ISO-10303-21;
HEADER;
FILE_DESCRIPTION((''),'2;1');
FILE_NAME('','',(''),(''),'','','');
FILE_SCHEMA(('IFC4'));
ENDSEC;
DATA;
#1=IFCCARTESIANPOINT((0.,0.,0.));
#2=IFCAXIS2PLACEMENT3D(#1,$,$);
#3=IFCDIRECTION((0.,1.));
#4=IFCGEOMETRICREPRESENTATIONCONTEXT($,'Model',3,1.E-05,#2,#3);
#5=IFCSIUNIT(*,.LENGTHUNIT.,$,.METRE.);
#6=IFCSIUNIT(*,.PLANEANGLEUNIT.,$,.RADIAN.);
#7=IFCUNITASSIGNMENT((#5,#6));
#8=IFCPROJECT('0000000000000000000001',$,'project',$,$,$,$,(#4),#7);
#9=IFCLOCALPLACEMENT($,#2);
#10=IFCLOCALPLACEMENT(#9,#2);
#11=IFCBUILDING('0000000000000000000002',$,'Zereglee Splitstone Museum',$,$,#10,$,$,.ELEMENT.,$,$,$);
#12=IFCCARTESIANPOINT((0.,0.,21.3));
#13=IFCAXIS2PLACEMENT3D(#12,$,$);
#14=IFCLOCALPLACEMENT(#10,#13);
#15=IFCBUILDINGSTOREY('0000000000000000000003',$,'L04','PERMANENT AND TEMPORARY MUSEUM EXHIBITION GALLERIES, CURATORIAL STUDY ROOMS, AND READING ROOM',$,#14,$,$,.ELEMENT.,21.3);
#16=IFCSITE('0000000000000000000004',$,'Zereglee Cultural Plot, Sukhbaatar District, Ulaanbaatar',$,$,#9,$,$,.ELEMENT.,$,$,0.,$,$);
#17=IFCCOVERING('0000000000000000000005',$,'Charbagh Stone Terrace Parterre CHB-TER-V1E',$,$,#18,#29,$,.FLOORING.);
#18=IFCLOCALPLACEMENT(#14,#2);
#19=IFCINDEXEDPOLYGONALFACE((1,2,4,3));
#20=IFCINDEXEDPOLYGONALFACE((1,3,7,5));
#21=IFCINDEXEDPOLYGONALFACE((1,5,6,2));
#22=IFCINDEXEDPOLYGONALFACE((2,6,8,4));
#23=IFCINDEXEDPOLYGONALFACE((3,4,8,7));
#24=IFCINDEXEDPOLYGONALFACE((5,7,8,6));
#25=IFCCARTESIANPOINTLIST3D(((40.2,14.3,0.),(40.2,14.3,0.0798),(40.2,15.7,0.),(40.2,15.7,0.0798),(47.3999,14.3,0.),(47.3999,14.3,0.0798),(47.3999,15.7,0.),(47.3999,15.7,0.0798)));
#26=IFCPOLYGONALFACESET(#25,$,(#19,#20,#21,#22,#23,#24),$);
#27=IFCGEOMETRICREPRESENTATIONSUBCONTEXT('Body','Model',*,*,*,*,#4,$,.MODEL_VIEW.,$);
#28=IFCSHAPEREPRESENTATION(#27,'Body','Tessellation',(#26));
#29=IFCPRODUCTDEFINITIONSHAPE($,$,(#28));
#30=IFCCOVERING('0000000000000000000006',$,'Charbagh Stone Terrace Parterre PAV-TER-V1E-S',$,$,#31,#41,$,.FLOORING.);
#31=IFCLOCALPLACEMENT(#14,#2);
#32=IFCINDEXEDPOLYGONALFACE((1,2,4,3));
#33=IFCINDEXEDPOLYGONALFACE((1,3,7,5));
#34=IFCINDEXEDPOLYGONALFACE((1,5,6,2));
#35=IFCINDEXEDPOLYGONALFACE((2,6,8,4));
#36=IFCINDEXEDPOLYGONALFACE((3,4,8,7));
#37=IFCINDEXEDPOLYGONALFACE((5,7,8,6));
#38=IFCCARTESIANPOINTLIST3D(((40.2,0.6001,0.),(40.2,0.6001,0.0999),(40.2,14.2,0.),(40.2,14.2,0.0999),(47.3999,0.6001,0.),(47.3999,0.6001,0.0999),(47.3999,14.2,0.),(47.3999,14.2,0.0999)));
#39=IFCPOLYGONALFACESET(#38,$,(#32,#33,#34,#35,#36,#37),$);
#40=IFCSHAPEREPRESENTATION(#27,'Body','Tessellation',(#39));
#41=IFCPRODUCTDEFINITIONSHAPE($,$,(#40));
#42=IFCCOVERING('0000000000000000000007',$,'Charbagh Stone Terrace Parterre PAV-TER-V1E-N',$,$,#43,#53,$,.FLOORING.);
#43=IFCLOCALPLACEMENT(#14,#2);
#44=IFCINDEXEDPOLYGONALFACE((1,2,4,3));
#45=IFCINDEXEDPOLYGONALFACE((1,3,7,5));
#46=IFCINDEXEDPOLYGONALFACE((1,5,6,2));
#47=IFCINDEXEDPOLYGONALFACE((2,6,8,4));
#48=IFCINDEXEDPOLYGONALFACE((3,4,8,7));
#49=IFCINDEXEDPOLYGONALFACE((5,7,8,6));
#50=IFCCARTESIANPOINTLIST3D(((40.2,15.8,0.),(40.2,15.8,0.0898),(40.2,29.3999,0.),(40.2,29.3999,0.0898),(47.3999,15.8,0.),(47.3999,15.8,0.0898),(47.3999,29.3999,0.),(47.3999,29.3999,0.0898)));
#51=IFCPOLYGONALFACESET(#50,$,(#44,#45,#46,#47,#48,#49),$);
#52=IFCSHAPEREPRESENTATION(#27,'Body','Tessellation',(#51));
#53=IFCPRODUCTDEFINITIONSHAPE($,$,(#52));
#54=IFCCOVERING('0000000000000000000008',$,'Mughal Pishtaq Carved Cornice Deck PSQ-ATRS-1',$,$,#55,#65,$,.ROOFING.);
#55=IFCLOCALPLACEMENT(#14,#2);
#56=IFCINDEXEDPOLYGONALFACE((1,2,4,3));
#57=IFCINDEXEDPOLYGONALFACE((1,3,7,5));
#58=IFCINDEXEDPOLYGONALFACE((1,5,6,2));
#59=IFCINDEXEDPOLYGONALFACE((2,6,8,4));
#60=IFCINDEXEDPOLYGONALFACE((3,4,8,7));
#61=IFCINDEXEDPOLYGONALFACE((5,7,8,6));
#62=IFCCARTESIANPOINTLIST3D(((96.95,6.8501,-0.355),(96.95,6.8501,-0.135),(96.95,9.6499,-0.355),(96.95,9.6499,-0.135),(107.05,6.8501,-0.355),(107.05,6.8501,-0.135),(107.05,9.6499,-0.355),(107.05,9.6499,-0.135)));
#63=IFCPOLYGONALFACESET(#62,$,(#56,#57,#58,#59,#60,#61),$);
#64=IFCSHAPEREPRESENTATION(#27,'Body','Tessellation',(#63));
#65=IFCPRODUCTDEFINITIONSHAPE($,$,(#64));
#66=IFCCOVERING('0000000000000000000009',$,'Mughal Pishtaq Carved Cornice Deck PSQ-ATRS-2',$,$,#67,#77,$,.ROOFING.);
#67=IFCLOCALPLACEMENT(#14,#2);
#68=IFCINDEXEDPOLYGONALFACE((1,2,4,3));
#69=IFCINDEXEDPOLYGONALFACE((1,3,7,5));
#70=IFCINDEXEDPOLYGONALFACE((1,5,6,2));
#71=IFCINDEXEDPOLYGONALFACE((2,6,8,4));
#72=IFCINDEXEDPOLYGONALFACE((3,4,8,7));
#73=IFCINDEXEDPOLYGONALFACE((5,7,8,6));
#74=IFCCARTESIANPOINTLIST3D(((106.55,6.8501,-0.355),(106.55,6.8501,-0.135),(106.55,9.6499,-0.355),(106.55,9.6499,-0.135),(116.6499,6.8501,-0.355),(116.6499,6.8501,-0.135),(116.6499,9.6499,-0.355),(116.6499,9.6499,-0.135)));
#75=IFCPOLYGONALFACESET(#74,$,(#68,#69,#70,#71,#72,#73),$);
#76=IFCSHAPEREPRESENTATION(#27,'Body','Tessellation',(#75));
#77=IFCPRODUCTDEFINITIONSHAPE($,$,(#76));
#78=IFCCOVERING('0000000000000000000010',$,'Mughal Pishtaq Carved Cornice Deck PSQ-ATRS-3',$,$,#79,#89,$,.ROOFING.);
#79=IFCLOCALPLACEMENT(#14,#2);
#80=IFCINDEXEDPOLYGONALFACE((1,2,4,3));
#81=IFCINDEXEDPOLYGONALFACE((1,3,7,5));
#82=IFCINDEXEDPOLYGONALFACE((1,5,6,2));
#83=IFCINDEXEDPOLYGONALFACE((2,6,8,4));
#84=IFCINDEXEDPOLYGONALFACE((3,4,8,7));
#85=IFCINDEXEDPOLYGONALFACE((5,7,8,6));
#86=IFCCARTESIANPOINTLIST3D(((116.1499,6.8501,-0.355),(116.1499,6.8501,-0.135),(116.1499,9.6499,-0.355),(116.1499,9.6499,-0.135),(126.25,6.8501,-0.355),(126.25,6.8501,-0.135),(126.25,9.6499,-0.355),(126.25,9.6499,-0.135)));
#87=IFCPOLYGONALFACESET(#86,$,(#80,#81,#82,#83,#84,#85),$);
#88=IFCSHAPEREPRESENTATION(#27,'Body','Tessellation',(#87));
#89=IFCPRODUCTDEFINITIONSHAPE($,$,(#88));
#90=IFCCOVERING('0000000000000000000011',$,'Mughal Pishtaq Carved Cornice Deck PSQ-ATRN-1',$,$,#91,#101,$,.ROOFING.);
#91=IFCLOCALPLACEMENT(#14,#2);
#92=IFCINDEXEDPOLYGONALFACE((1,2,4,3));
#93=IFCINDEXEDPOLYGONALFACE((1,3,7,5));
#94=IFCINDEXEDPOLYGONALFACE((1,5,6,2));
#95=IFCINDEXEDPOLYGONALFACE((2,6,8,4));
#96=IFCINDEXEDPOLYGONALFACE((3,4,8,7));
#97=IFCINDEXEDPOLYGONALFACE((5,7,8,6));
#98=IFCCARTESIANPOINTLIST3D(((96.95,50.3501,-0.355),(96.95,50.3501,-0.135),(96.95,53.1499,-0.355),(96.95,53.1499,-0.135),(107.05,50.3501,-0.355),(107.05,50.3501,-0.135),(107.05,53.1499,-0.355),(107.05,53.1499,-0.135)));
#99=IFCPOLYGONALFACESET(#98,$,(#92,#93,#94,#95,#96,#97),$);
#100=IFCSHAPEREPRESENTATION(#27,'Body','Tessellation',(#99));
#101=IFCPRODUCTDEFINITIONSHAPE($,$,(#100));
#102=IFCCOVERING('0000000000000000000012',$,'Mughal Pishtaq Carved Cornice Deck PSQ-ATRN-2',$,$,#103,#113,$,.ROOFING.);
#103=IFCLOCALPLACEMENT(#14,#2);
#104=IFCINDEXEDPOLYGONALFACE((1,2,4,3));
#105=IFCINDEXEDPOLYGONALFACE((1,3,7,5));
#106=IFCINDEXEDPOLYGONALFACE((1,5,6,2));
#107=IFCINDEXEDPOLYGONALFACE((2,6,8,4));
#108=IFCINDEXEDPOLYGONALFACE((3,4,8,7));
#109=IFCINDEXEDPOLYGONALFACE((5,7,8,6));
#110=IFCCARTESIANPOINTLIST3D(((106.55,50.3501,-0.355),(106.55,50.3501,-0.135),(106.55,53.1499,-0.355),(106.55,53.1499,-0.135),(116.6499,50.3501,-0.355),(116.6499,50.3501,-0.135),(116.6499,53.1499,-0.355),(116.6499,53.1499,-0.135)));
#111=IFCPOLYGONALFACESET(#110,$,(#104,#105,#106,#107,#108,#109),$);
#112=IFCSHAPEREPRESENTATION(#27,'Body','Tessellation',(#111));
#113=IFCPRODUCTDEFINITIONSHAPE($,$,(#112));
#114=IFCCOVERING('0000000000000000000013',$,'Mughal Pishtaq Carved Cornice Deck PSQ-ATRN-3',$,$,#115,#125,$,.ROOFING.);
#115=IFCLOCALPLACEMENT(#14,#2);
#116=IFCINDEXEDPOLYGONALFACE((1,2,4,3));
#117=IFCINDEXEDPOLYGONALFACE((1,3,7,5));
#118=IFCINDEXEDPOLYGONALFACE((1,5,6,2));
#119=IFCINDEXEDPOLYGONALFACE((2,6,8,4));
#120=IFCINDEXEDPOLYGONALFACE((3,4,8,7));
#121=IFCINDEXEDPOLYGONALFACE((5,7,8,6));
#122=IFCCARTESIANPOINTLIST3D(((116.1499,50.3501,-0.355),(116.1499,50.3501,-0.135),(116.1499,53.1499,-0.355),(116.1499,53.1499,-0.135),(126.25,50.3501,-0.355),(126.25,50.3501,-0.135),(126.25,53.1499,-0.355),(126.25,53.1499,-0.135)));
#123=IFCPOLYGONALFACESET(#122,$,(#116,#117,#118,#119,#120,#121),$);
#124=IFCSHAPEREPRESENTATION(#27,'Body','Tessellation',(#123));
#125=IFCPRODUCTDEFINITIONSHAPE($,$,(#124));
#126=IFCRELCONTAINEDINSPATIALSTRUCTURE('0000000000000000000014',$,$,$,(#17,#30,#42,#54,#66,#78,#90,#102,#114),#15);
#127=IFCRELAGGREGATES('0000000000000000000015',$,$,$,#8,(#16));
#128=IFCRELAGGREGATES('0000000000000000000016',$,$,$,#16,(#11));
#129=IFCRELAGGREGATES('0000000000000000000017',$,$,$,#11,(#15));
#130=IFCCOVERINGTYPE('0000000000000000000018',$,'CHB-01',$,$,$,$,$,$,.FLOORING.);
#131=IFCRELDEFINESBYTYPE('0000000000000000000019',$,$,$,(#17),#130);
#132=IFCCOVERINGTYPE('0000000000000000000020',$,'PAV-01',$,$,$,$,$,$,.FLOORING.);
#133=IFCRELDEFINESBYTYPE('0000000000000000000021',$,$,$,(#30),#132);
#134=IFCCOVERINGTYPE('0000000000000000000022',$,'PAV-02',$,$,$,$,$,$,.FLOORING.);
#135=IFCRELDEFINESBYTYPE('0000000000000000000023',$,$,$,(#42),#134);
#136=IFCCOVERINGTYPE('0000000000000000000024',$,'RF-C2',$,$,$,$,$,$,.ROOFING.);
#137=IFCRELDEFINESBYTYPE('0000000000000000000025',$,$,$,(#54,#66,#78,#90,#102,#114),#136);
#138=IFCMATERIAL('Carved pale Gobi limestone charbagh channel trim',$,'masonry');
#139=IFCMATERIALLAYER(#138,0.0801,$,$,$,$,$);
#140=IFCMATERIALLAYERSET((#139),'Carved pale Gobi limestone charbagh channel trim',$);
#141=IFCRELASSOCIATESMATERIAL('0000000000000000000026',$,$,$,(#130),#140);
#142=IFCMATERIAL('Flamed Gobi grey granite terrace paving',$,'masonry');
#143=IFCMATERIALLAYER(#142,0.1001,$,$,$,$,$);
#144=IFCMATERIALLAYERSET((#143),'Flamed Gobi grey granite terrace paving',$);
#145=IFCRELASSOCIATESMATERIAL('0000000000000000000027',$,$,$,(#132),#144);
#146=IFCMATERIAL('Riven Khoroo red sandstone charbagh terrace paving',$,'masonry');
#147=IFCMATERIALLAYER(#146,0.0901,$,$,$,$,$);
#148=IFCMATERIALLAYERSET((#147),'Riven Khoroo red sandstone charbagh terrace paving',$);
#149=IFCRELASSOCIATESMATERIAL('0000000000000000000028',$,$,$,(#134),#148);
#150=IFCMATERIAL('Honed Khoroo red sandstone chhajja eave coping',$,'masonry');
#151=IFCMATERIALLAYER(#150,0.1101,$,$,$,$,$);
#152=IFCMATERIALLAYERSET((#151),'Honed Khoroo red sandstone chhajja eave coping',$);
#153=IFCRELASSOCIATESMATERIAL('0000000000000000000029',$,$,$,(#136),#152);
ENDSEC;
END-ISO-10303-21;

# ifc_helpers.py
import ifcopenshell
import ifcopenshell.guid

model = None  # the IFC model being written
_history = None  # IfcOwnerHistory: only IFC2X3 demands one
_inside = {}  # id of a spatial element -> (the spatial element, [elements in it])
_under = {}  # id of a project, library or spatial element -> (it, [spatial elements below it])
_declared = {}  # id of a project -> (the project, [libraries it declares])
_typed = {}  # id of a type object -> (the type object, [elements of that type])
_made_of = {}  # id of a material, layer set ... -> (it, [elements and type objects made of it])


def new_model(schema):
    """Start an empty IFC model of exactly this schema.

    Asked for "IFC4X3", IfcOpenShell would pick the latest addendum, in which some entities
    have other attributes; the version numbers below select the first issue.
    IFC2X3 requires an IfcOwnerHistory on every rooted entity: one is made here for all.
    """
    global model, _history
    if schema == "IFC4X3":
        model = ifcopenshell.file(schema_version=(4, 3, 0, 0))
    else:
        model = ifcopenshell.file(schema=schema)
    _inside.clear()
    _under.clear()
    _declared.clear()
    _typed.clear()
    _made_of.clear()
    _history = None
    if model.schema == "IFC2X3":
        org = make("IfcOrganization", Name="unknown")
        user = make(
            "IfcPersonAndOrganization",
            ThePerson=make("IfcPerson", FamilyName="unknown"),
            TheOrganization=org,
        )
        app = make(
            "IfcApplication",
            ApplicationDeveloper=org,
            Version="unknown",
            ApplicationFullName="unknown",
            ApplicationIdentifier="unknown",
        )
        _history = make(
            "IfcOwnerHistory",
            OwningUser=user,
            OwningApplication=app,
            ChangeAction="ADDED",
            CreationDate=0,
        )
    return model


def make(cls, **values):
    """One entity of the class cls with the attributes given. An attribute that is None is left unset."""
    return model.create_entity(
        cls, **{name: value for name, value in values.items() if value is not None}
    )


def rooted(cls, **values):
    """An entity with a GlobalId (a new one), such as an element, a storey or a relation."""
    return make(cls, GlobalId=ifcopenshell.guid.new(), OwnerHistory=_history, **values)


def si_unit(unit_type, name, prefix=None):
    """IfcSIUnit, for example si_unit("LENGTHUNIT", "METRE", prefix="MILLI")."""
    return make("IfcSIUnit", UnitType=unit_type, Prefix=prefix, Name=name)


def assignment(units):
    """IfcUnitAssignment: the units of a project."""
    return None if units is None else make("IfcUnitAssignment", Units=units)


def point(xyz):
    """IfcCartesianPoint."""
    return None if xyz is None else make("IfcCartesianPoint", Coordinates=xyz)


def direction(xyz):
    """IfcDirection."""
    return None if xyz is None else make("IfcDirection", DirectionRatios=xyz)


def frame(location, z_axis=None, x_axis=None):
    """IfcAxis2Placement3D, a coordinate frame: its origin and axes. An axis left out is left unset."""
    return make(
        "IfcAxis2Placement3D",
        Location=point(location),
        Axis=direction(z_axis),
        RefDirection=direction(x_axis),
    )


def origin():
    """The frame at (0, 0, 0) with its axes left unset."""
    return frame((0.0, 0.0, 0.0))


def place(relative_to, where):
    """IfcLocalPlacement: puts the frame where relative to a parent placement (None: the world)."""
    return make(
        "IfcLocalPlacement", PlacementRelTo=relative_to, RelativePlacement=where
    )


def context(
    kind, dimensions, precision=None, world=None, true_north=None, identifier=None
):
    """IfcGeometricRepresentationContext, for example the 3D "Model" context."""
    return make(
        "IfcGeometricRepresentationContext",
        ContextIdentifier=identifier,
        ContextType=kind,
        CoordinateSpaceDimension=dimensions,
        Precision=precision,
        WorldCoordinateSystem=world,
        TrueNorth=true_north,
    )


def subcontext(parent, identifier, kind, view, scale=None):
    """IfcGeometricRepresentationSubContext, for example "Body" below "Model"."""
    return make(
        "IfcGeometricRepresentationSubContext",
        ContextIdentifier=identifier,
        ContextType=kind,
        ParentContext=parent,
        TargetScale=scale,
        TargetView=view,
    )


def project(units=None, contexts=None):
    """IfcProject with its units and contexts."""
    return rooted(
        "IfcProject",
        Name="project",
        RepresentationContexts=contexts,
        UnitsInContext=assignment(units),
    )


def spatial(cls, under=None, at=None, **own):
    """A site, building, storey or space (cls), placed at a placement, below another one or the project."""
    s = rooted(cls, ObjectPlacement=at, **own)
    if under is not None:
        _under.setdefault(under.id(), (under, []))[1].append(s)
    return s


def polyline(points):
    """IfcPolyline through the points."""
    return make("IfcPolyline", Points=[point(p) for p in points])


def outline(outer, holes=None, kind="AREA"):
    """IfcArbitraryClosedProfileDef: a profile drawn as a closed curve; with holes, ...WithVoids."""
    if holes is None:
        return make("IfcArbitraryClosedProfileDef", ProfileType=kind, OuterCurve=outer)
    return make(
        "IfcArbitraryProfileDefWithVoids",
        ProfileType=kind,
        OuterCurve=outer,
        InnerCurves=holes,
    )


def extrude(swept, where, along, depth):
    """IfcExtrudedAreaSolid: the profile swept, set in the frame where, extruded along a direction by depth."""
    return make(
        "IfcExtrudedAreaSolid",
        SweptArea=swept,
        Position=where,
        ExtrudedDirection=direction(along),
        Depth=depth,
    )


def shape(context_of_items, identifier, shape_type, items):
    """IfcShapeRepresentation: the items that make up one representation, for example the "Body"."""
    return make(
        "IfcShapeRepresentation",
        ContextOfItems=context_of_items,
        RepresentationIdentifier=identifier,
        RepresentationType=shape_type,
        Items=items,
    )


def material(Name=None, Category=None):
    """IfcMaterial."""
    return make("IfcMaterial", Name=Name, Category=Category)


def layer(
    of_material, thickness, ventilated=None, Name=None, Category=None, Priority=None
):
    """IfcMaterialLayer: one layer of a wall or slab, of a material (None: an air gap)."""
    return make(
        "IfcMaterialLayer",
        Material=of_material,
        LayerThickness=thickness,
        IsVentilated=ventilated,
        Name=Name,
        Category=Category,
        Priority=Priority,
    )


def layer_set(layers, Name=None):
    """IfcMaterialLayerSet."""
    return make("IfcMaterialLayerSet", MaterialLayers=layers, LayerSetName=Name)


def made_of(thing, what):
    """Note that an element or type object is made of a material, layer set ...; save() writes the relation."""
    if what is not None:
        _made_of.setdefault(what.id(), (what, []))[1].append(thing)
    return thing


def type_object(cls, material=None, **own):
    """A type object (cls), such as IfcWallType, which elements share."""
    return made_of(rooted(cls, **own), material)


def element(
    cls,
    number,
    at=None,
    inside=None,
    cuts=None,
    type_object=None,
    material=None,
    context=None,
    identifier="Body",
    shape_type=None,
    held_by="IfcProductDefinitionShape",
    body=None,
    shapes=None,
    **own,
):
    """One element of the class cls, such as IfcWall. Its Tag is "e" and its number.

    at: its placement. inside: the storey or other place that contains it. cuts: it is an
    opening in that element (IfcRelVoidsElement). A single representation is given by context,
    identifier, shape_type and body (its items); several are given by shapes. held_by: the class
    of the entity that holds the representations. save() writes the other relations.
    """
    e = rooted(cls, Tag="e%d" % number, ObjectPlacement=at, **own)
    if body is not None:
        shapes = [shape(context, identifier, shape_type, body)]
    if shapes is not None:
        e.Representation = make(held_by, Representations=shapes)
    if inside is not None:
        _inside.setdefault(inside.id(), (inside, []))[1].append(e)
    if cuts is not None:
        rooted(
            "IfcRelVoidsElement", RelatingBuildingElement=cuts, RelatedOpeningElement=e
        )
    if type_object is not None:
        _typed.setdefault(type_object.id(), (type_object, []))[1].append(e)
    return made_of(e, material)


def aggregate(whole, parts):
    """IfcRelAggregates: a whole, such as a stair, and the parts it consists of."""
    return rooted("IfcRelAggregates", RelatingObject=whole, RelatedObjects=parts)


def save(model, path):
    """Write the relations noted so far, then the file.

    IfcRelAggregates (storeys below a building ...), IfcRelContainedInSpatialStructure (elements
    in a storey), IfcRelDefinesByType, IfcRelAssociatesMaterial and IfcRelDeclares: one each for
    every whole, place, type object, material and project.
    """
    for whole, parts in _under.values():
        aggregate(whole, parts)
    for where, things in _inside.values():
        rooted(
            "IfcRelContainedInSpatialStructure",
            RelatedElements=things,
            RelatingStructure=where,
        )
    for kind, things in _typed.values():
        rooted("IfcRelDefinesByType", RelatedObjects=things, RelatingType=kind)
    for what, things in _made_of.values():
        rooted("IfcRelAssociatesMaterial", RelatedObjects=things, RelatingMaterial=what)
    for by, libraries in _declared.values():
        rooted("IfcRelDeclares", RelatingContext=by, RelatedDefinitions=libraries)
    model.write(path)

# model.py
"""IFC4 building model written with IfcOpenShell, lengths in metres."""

from ifc_helpers import new_model, si_unit, direction, frame, origin, place, context, subcontext, project, spatial, polyline, outline, extrude, material, layer, layer_set, type_object, element, save


model = new_model("IFC4")

# Units and contexts
model_context = context("Model", 3, precision=1e-05, world=origin(), true_north=direction((0.0, 1.0)))
body_context = subcontext(model_context, "Body", "Model", "MODEL_VIEW")
ifc_project = project(units=[si_unit("LENGTHUNIT", "METRE"), si_unit("PLANEANGLEUNIT", "RADIAN")], contexts=[model_context])

# Site, building, storey
site_placement = place(None, origin())
site = spatial("IfcSite", under=ifc_project, at=site_placement, Name="Zereglee Cultural Plot, Sukhbaatar District, Ulaanbaatar", CompositionType="ELEMENT", RefElevation=0.0)
building_placement = place(site_placement, origin())
building = spatial("IfcBuilding", under=site, at=building_placement, Name="Zereglee Splitstone Museum", CompositionType="ELEMENT")
storey_placement = place(building_placement, frame((0.0, 0.0, 21.3)))
storey = spatial("IfcBuildingStorey", under=building, at=storey_placement, Name="L04", Description="PERMANENT AND TEMPORARY MUSEUM EXHIBITION GALLERIES, CURATORIAL STUDY ROOMS, AND READING ROOM", CompositionType="ELEMENT", Elevation=21.3)

# Coverings
ifc_material_1 = material(Name="Carved pale Gobi limestone charbagh channel trim", Category="masonry")
ifc_layer_1 = layer(ifc_material_1, 0.0801)
ifc_layer_set_1 = layer_set([ifc_layer_1], Name="Carved pale Gobi limestone charbagh channel trim")
covering_type_1 = type_object("IfcCoveringType", Name="CHB-01", PredefinedType="FLOORING", material=ifc_layer_set_1)
covering_1_placement = place(storey_placement, origin())
element("IfcCovering", 1, at=covering_1_placement, inside=storey, type_object=covering_type_1, Name="Charbagh Stone Terrace Parterre CHB-TER-V1E", PredefinedType="FLOORING", context=body_context, shape_type="SweptSolid", body=[
    extrude(outline(polyline([(40.2, 14.3), (47.3999, 14.3), (47.3999, 15.7), (40.2, 15.7), (40.2, 14.3)])), origin(), (0.0, 0.0, 1.0), 0.0798),
])
ifc_material_2 = material(Name="Flamed Gobi grey granite terrace paving", Category="masonry")
ifc_layer_2 = layer(ifc_material_2, 0.1001)
ifc_layer_set_2 = layer_set([ifc_layer_2], Name="Flamed Gobi grey granite terrace paving")
covering_type_2 = type_object("IfcCoveringType", Name="PAV-01", PredefinedType="FLOORING", material=ifc_layer_set_2)
covering_2_placement = place(storey_placement, origin())
element("IfcCovering", 2, at=covering_2_placement, inside=storey, type_object=covering_type_2, Name="Charbagh Stone Terrace Parterre PAV-TER-V1E-S", PredefinedType="FLOORING", context=body_context, shape_type="SweptSolid", body=[
    extrude(outline(polyline([(40.2, 0.6001), (47.3999, 0.6001), (47.3999, 14.2), (40.2, 14.2), (40.2, 0.6001)])), origin(), (0.0, 0.0, 1.0), 0.0999),
])
ifc_material_3 = material(Name="Riven Khoroo red sandstone charbagh terrace paving", Category="masonry")
ifc_layer_3 = layer(ifc_material_3, 0.0901)
ifc_layer_set_3 = layer_set([ifc_layer_3], Name="Riven Khoroo red sandstone charbagh terrace paving")
covering_type_3 = type_object("IfcCoveringType", Name="PAV-02", PredefinedType="FLOORING", material=ifc_layer_set_3)
covering_3_placement = place(storey_placement, origin())
element("IfcCovering", 3, at=covering_3_placement, inside=storey, type_object=covering_type_3, Name="Charbagh Stone Terrace Parterre PAV-TER-V1E-N", PredefinedType="FLOORING", context=body_context, shape_type="SweptSolid", body=[
    extrude(outline(polyline([(40.2, 15.8), (47.3999, 15.8), (47.3999, 29.3999), (40.2, 29.3999), (40.2, 15.8)])), origin(), (0.0, 0.0, 1.0), 0.0898),
])
ifc_material_4 = material(Name="Honed Khoroo red sandstone chhajja eave coping", Category="masonry")
ifc_layer_4 = layer(ifc_material_4, 0.1101)
ifc_layer_set_4 = layer_set([ifc_layer_4], Name="Honed Khoroo red sandstone chhajja eave coping")
covering_type_4 = type_object("IfcCoveringType", Name="RF-C2", PredefinedType="ROOFING", material=ifc_layer_set_4)
covering_4_placement = place(storey_placement, frame((0.0, 0.0, -0.355)))
element("IfcCovering", 4, at=covering_4_placement, inside=storey, type_object=covering_type_4, Name="Mughal Pishtaq Carved Cornice Deck PSQ-ATRS-1", PredefinedType="ROOFING", context=body_context, shape_type="SweptSolid", body=[
    extrude(outline(polyline([(96.95, 6.8501), (107.05, 6.8501), (107.05, 9.6499), (96.95, 9.6499), (96.95, 6.8501)])), origin(), (0.0, 0.0, 1.0), 0.22),
])
covering_5_placement = place(storey_placement, frame((0.0, 0.0, -0.355)))
element("IfcCovering", 5, at=covering_5_placement, inside=storey, type_object=covering_type_4, Name="Mughal Pishtaq Carved Cornice Deck PSQ-ATRS-2", PredefinedType="ROOFING", context=body_context, shape_type="SweptSolid", body=[
    extrude(outline(polyline([(106.55, 6.8501), (116.6499, 6.8501), (116.6499, 9.6499), (106.55, 9.6499), (106.55, 6.8501)])), origin(), (0.0, 0.0, 1.0), 0.22),
])
covering_6_placement = place(storey_placement, frame((0.0, 0.0, -0.355)))
element("IfcCovering", 6, at=covering_6_placement, inside=storey, type_object=covering_type_4, Name="Mughal Pishtaq Carved Cornice Deck PSQ-ATRS-3", PredefinedType="ROOFING", context=body_context, shape_type="SweptSolid", body=[
    extrude(outline(polyline([(116.1499, 6.8501), (126.25, 6.8501), (126.25, 9.6499), (116.1499, 9.6499), (116.1499, 6.8501)])), origin(), (0.0, 0.0, 1.0), 0.22),
])
covering_7_placement = place(storey_placement, frame((0.0, 0.0, -0.355)))
element("IfcCovering", 7, at=covering_7_placement, inside=storey, type_object=covering_type_4, Name="Mughal Pishtaq Carved Cornice Deck PSQ-ATRN-1", PredefinedType="ROOFING", context=body_context, shape_type="SweptSolid", body=[
    extrude(outline(polyline([(96.95, 50.3501), (107.05, 50.3501), (107.05, 53.1499), (96.95, 53.1499), (96.95, 50.3501)])), origin(), (0.0, 0.0, 1.0), 0.22),
])
covering_8_placement = place(storey_placement, frame((0.0, 0.0, -0.355)))
element("IfcCovering", 8, at=covering_8_placement, inside=storey, type_object=covering_type_4, Name="Mughal Pishtaq Carved Cornice Deck PSQ-ATRN-2", PredefinedType="ROOFING", context=body_context, shape_type="SweptSolid", body=[
    extrude(outline(polyline([(106.55, 50.3501), (116.6499, 50.3501), (116.6499, 53.1499), (106.55, 53.1499), (106.55, 50.3501)])), origin(), (0.0, 0.0, 1.0), 0.22),
])
covering_9_placement = place(storey_placement, frame((0.0, 0.0, -0.355)))
element("IfcCovering", 9, at=covering_9_placement, inside=storey, type_object=covering_type_4, Name="Mughal Pishtaq Carved Cornice Deck PSQ-ATRN-3", PredefinedType="ROOFING", context=body_context, shape_type="SweptSolid", body=[
    extrude(outline(polyline([(116.1499, 50.3501), (126.25, 50.3501), (126.25, 53.1499), (116.1499, 53.1499), (116.1499, 50.3501)])), origin(), (0.0, 0.0, 1.0), 0.22),
])

save(model, "model.ifc")
